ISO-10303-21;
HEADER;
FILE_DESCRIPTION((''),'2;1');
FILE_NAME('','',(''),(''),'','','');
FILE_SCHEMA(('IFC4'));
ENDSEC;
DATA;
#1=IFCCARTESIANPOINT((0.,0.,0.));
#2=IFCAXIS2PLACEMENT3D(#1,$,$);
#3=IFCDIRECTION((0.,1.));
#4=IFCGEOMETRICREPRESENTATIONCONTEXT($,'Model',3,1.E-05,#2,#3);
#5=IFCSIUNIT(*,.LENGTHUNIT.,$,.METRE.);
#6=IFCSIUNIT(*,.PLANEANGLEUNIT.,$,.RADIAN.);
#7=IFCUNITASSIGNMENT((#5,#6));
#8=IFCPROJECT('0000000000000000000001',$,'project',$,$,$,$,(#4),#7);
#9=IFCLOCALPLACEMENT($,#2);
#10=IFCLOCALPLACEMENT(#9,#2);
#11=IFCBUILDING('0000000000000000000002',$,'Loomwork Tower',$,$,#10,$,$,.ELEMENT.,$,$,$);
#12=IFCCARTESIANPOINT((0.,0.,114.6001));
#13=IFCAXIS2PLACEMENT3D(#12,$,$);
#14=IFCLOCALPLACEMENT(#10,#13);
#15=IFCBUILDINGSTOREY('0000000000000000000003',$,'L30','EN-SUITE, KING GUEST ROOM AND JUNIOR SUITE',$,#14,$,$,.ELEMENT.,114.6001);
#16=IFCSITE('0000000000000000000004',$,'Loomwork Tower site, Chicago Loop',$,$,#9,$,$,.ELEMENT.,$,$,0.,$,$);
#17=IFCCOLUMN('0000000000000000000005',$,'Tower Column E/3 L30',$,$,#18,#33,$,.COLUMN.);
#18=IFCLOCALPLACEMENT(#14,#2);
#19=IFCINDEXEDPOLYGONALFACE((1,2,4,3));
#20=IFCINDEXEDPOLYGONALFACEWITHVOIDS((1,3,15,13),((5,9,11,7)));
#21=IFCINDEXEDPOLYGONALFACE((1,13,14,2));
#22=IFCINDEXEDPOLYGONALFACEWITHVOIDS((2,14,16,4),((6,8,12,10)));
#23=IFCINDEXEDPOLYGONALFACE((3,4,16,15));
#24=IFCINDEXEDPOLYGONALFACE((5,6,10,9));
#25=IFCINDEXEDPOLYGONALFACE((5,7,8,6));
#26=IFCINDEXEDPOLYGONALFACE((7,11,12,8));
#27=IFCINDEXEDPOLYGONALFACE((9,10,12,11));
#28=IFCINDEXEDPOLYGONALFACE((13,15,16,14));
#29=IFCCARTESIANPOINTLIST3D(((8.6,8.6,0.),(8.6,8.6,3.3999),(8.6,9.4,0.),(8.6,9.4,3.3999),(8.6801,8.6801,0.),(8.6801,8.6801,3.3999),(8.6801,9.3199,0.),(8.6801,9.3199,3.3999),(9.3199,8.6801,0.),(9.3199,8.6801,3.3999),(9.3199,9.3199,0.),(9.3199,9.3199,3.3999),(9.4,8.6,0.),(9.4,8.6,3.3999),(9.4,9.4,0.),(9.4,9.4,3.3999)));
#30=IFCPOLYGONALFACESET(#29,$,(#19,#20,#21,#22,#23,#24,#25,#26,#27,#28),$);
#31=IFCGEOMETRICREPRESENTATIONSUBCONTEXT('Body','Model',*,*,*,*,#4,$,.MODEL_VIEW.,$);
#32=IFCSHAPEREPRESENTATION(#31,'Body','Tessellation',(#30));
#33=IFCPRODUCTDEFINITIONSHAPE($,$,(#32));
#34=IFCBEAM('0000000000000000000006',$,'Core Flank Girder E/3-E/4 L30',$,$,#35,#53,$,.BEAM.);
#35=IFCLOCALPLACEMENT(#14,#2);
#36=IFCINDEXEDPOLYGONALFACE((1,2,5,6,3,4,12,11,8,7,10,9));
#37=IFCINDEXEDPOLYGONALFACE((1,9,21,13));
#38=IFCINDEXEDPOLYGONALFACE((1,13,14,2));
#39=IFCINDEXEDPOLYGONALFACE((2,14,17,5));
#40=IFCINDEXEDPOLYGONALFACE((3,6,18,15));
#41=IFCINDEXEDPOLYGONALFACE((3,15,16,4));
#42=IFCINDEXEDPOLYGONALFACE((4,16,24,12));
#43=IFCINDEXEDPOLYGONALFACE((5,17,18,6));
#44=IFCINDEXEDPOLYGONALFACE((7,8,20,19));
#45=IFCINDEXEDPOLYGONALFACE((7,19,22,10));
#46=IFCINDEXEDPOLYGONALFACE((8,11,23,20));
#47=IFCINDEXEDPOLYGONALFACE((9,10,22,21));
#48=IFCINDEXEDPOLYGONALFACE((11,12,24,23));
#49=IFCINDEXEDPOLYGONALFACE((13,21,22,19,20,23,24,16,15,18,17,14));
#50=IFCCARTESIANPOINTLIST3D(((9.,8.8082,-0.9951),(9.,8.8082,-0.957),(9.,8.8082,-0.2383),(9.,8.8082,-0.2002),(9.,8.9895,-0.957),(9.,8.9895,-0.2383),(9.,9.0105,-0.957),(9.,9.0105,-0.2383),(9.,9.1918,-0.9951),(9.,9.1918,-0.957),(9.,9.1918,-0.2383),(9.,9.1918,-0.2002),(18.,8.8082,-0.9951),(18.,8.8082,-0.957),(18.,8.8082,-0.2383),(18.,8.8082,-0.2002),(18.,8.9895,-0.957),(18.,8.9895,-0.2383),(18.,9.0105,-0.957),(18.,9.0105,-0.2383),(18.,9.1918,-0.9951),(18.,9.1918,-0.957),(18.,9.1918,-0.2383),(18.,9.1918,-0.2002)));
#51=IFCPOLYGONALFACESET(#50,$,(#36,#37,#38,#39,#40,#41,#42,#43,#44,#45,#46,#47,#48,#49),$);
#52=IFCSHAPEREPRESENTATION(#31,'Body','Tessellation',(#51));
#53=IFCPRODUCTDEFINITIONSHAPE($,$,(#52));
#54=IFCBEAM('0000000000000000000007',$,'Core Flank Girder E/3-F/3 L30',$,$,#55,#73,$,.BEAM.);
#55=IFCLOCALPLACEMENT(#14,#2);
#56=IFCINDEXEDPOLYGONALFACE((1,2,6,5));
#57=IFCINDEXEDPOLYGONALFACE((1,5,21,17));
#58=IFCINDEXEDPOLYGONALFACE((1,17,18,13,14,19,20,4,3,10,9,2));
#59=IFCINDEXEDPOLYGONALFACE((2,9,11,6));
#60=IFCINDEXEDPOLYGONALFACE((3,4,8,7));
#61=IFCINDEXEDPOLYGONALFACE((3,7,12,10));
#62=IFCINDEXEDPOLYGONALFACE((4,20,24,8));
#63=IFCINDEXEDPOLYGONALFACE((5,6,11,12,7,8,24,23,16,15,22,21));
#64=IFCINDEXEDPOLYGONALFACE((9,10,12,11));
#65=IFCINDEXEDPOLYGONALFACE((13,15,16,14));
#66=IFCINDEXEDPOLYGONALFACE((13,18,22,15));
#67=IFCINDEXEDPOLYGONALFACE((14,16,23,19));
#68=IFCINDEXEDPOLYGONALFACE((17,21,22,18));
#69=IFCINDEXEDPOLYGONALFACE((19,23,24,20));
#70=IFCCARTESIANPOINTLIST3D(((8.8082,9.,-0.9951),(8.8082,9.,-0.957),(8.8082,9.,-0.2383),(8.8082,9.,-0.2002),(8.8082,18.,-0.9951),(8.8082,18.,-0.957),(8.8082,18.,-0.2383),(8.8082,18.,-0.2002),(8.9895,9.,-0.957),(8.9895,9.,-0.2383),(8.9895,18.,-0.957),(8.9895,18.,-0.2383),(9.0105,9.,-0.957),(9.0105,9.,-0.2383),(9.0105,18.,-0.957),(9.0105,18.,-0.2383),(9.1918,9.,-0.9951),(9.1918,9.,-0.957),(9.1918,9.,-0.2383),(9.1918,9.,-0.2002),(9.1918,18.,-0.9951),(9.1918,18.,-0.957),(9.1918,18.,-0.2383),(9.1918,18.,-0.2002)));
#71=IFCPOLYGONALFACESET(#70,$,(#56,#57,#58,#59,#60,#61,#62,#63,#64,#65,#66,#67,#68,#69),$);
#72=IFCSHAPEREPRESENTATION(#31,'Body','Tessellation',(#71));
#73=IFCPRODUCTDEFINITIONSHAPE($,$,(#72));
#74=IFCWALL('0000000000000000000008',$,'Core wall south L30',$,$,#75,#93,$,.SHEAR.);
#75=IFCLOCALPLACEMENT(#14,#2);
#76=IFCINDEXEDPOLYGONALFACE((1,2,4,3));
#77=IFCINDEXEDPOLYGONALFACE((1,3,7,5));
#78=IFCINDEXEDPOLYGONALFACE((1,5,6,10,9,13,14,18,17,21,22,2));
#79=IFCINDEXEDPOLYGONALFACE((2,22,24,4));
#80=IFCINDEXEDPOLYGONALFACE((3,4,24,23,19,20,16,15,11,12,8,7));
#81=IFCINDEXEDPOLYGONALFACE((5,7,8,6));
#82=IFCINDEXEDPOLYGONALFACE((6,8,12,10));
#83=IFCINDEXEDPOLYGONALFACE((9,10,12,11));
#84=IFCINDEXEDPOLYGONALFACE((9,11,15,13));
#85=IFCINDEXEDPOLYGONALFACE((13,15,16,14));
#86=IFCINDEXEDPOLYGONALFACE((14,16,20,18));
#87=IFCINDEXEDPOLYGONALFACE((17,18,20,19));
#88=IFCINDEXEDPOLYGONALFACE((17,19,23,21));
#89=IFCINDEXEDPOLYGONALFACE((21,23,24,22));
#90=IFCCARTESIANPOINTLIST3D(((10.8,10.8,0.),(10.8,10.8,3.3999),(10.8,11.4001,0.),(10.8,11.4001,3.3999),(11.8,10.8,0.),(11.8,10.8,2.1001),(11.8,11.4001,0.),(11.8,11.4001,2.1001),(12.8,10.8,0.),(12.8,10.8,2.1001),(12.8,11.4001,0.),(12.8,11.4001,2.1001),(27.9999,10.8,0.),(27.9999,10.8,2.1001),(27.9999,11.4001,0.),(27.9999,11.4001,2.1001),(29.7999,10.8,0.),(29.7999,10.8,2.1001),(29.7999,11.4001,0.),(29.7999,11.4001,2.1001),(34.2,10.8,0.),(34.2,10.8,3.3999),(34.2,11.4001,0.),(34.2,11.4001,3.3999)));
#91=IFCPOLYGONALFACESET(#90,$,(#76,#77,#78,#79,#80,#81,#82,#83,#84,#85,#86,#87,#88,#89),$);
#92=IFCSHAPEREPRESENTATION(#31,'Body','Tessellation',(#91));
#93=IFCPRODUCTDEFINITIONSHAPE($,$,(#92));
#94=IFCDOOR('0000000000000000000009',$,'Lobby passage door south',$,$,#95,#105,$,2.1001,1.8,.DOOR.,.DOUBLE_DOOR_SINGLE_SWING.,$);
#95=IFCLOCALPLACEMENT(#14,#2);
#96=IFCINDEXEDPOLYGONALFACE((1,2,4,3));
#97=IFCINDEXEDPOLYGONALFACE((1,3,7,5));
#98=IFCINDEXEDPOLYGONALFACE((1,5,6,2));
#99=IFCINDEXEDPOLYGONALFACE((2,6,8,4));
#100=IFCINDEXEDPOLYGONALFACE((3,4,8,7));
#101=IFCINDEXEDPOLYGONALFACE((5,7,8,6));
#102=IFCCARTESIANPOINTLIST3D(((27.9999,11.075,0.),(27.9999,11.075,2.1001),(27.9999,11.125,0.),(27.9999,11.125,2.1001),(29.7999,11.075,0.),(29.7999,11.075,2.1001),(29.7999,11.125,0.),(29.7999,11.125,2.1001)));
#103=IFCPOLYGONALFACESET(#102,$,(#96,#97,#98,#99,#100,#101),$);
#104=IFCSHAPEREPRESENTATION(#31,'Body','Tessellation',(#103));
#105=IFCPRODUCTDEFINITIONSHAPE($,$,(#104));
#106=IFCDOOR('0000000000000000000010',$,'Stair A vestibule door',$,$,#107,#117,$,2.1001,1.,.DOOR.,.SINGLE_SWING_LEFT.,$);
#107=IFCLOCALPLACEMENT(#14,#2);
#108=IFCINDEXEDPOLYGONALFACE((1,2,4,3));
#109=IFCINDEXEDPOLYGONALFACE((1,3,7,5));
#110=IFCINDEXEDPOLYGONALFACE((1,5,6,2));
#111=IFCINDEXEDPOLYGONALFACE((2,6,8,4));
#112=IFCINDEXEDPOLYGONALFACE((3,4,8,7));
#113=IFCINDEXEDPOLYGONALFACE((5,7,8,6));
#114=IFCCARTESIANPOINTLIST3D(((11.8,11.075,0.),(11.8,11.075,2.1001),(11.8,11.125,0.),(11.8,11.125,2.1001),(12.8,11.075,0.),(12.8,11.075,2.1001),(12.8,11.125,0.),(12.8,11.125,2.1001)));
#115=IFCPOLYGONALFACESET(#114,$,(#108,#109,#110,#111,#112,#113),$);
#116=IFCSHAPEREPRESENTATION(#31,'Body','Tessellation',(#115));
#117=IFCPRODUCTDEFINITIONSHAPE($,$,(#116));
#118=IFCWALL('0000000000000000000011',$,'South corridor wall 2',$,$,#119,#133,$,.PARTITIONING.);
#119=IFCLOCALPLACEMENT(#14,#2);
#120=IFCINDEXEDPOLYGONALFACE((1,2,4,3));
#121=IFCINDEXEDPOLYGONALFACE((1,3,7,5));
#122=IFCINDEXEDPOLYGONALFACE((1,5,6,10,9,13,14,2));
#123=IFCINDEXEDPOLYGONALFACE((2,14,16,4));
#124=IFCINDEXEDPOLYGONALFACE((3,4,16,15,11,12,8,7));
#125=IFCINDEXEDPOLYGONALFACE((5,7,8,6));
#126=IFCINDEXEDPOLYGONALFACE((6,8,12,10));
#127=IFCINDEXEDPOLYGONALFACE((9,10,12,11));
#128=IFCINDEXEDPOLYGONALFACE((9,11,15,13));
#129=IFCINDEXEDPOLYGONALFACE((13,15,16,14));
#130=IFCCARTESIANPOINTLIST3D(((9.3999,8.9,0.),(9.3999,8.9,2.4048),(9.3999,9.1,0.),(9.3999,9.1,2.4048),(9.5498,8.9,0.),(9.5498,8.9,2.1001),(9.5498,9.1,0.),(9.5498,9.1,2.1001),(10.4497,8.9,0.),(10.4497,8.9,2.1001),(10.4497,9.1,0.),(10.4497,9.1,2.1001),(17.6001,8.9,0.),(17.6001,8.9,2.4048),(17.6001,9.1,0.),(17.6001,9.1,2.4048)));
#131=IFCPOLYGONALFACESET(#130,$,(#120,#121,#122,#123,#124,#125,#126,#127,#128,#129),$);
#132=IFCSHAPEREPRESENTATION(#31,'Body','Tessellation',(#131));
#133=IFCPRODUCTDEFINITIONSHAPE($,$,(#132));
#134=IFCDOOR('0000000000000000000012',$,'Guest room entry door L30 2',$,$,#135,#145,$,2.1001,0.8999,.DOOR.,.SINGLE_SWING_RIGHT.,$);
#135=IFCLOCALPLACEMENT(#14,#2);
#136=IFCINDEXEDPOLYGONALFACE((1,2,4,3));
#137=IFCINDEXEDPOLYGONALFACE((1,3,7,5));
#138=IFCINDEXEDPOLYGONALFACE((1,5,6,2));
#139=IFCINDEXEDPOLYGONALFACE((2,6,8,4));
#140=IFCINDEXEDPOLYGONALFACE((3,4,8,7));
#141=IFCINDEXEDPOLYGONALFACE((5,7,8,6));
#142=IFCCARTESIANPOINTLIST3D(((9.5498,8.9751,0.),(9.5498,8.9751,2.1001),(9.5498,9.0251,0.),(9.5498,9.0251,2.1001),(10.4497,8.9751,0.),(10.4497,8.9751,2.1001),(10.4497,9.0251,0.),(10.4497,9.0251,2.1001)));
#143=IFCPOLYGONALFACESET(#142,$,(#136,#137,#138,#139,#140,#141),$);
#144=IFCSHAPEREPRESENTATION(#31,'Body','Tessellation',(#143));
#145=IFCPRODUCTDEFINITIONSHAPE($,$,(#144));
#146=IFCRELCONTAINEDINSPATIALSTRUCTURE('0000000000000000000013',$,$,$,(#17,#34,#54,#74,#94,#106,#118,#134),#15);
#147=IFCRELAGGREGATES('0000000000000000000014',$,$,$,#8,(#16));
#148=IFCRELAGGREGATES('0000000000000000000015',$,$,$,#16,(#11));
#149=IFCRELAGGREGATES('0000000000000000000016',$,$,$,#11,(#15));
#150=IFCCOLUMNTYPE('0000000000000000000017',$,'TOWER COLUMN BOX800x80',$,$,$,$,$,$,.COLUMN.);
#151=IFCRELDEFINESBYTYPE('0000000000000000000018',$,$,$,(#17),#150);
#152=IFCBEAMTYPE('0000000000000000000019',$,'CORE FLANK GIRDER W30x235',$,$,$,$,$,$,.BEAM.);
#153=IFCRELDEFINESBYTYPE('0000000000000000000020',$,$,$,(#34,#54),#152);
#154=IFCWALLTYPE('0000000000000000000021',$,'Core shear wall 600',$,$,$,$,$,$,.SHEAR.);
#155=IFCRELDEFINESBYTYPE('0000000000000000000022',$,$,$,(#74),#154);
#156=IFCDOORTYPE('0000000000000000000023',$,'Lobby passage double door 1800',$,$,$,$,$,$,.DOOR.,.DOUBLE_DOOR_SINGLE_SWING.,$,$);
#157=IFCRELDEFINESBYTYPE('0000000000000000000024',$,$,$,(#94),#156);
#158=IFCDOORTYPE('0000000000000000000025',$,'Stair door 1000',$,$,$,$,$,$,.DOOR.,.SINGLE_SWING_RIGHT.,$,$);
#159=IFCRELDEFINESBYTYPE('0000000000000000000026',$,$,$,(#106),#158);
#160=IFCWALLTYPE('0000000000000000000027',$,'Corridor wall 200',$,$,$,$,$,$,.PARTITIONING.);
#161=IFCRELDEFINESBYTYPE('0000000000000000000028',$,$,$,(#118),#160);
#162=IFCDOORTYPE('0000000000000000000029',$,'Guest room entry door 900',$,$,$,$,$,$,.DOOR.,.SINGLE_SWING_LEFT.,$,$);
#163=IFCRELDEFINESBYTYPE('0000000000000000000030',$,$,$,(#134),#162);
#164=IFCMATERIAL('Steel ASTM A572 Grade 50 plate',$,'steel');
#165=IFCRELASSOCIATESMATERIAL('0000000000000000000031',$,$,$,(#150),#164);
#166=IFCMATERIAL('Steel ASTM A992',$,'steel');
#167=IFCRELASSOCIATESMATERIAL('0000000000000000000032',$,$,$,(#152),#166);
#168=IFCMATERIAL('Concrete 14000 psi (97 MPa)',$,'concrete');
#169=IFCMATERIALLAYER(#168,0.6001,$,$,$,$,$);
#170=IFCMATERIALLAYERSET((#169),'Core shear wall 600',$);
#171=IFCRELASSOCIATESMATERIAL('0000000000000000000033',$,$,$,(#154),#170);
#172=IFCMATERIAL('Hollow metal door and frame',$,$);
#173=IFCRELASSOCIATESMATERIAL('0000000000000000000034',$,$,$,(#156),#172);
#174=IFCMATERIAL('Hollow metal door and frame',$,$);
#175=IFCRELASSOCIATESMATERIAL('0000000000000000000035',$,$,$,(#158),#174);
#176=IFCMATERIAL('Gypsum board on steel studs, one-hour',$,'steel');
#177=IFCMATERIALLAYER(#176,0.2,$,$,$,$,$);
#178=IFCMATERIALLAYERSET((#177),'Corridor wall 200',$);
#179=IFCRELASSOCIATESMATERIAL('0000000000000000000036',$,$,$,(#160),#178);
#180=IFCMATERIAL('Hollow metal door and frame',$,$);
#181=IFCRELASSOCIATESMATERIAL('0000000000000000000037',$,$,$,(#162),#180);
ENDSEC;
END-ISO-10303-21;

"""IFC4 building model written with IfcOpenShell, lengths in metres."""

from ifc_helpers import new_model, si_unit, direction, frame, frame_2d, origin, origin_2d, place, context, subcontext, project, spatial, rectangle, hollow_rectangle, i_section, extrude, material, layer, layer_set, material_profile, profile_set, type_object, element, fill, save


model = new_model("IFC4")

# Units and contexts
model_context = context("Model", 3, precision=1e-05, world=origin(), true_north=direction((0.0, 1.0)))
body_context = subcontext(model_context, "Body", "Model", "MODEL_VIEW")
ifc_project = project(units=[si_unit("LENGTHUNIT", "METRE"), si_unit("PLANEANGLEUNIT", "RADIAN")], contexts=[model_context])

# Site, building, storey
site_placement = place(None, origin())
site = spatial("IfcSite", under=ifc_project, at=site_placement, Name="Loomwork Tower site, Chicago Loop", CompositionType="ELEMENT", RefElevation=0.0)
building_placement = place(site_placement, origin())
building = spatial("IfcBuilding", under=site, at=building_placement, Name="Loomwork Tower", CompositionType="ELEMENT")
storey_placement = place(building_placement, frame((0.0, 0.0, 114.6001)))
storey = spatial("IfcBuildingStorey", under=building, at=storey_placement, Name="L30", Description="EN-SUITE, KING GUEST ROOM AND JUNIOR SUITE", CompositionType="ELEMENT", Elevation=114.6001)

# Column
ifc_material_1 = material(Name="Steel ASTM A572 Grade 50 plate", Category="steel")
ifc_material_profile_1 = material_profile(ifc_material_1, hollow_rectangle(XDim=0.8, YDim=0.8, WallThickness=0.0801, at=origin_2d()), Name="BOX800x80")
ifc_profile_set_1 = profile_set([ifc_material_profile_1], Name="Steel ASTM A572 Grade 50 plate")
column_type = type_object("IfcColumnType", Name="TOWER COLUMN BOX800x80", PredefinedType="COLUMN", material=ifc_profile_set_1)
column_placement = place(storey_placement, frame((9.0, 9.0, 0.0), z_axis=(0.0, 0.0, 1.0), x_axis=(1.0, 0.0, 0.0)))
element("IfcColumn", 1, at=column_placement, inside=storey, type_object=column_type, Name="Tower Column E/3 L30", PredefinedType="COLUMN", context=body_context, shape_type="SweptSolid", body=[
    extrude(hollow_rectangle(XDim=0.8, YDim=0.8, WallThickness=0.0801, at=origin_2d()), origin(), (0.0, 0.0, 1.0), 3.3999),
])

# Beams
ifc_material_2 = material(Name="Steel ASTM A992", Category="steel")
ifc_material_profile_2 = material_profile(ifc_material_2, i_section(OverallWidth=0.3835, OverallDepth=0.7949, WebThickness=0.021, FlangeThickness=0.0381, at=origin_2d()), Name="W30x235")
ifc_profile_set_2 = profile_set([ifc_material_profile_2], Name="Steel ASTM A992")
beam_type = type_object("IfcBeamType", Name="CORE FLANK GIRDER W30x235", PredefinedType="BEAM", material=ifc_profile_set_2)
for number, where, z_axis, x_axis, name in (
    (2, (9.0, 9.0, -0.5977), (1.0, 0.0, 0.0), (0.0, 1.0, 0.0), "Core Flank Girder E/3-E/4 L30"),
    (3, (9.0, 9.0, -0.5977), (0.0, 1.0, 0.0), (-1.0, 0.0, 0.0), "Core Flank Girder E/3-F/3 L30"),
):
    element("IfcBeam", number, at=place(storey_placement, frame(where, z_axis=z_axis, x_axis=x_axis)), inside=storey, type_object=beam_type, Name=name, PredefinedType="BEAM", context=body_context, shape_type="SweptSolid", body=[
        extrude(i_section(OverallWidth=0.3835, OverallDepth=0.7949, WebThickness=0.021, FlangeThickness=0.0381, at=origin_2d()), origin(), (0.0, 0.0, 1.0), 9.0),
    ])

# Wall, openings, doors
ifc_material_3 = material(Name="Concrete 14000 psi (97 MPa)", Category="concrete")
ifc_layer_1 = layer(ifc_material_3, 0.6001)
ifc_layer_set_1 = layer_set([ifc_layer_1], Name="Core shear wall 600")
wall_type_1 = type_object("IfcWallType", Name="Core shear wall 600", PredefinedType="SHEAR", material=ifc_layer_set_1)
wall_1_placement = place(storey_placement, frame((10.8, 11.1001, 0.0), z_axis=(0.0, 0.0, 1.0), x_axis=(1.0, 0.0, 0.0)))
wall_1 = element("IfcWall", 4, at=wall_1_placement, inside=storey, type_object=wall_type_1, Name="Core wall south L30", PredefinedType="SHEAR", context=body_context, shape_type="SweptSolid", body=[
    extrude(rectangle(XDim=23.3999, YDim=0.6001, at=frame_2d((11.7, 0.0))), origin(), (0.0, 0.0, 1.0), 3.3999),
])
opening_1_placement = place(wall_1_placement, frame((1.0, 0.0, 0.0)))
opening_1 = element("IfcOpeningElement", 5, at=opening_1_placement, cuts=wall_1, PredefinedType="OPENING", context=body_context, shape_type="SweptSolid", body=[
    extrude(rectangle(XDim=1.0, YDim=2.1001, at=frame_2d((0.5, 1.05))), frame((0.0, 0.3101, 0.0), z_axis=(0.0, -1.0, 0.0), x_axis=(1.0, 0.0, 0.0)), (0.0, 0.0, 1.0), 0.6201),
])
opening_2_placement = place(wall_1_placement, frame((17.2, 0.0, 0.0)))
opening_2 = element("IfcOpeningElement", 6, at=opening_2_placement, cuts=wall_1, PredefinedType="OPENING", context=body_context, shape_type="SweptSolid", body=[
    extrude(rectangle(XDim=1.8, YDim=2.1001, at=frame_2d((0.8999, 1.05))), frame((0.0, 0.3101, 0.0), z_axis=(0.0, -1.0, 0.0), x_axis=(1.0, 0.0, 0.0)), (0.0, 0.0, 1.0), 0.6201),
])
ifc_material_4 = material(Name="Hollow metal door and frame")
door_type_1 = type_object("IfcDoorType", Name="Lobby passage double door 1800", OperationType="DOUBLE_DOOR_SINGLE_SWING", PredefinedType="DOOR", material=ifc_material_4)
door_1_placement = place(opening_2_placement, origin())
door_1 = element("IfcDoor", 7, at=door_1_placement, inside=storey, type_object=door_type_1, Name="Lobby passage door south", OperationType="DOUBLE_DOOR_SINGLE_SWING", OverallHeight=2.1001, OverallWidth=1.8, PredefinedType="DOOR", context=body_context, shape_type="SweptSolid", body=[
    extrude(rectangle(XDim=1.8, YDim=2.1001, at=frame_2d((0.8999, 1.05))), frame((0.0, 0.0249, 0.0), z_axis=(0.0, -1.0, 0.0), x_axis=(1.0, 0.0, 0.0)), (0.0, 0.0, 1.0), 0.05),
])
fill(opening_2, door_1)
ifc_material_5 = material(Name="Hollow metal door and frame")
door_type_2 = type_object("IfcDoorType", Name="Stair door 1000", OperationType="SINGLE_SWING_RIGHT", PredefinedType="DOOR", material=ifc_material_5)
door_2_placement = place(opening_1_placement, origin())
door_2 = element("IfcDoor", 8, at=door_2_placement, inside=storey, type_object=door_type_2, Name="Stair A vestibule door", OperationType="SINGLE_SWING_LEFT", OverallHeight=2.1001, OverallWidth=1.0, PredefinedType="DOOR", context=body_context, shape_type="SweptSolid", body=[
    extrude(rectangle(XDim=1.0, YDim=2.1001, at=frame_2d((0.5, 1.05))), frame((0.0, 0.0249, 0.0), z_axis=(0.0, -1.0, 0.0), x_axis=(1.0, 0.0, 0.0)), (0.0, 0.0, 1.0), 0.05),
])
fill(opening_1, door_2)

# Wall, opening, door
ifc_material_6 = material(Name="Gypsum board on steel studs, one-hour", Category="steel")
ifc_layer_2 = layer(ifc_material_6, 0.2)
ifc_layer_set_2 = layer_set([ifc_layer_2], Name="Corridor wall 200")
wall_type_2 = type_object("IfcWallType", Name="Corridor wall 200", PredefinedType="PARTITIONING", material=ifc_layer_set_2)
wall_2_placement = place(storey_placement, frame((9.3999, 9.0, 0.0), z_axis=(0.0, 0.0, 1.0), x_axis=(1.0, 0.0, 0.0)))
wall_2 = element("IfcWall", 9, at=wall_2_placement, inside=storey, type_object=wall_type_2, Name="South corridor wall 2", PredefinedType="PARTITIONING", context=body_context, shape_type="SweptSolid", body=[
    extrude(rectangle(XDim=8.2002, YDim=0.2, at=frame_2d((4.1001, 0.0))), origin(), (0.0, 0.0, 1.0), 2.4048),
])
opening_3_placement = place(wall_2_placement, frame((0.1499, 0.0, 0.0)))
opening_3 = element("IfcOpeningElement", 10, at=opening_3_placement, cuts=wall_2, PredefinedType="OPENING", context=body_context, shape_type="SweptSolid", body=[
    extrude(rectangle(XDim=0.8999, YDim=2.1001, at=frame_2d((0.45, 1.05))), frame((0.0, 0.1099, 0.0), z_axis=(0.0, -1.0, 0.0), x_axis=(1.0, 0.0, 0.0)), (0.0, 0.0, 1.0), 0.22),
])
ifc_material_7 = material(Name="Hollow metal door and frame")
door_type_3 = type_object("IfcDoorType", Name="Guest room entry door 900", OperationType="SINGLE_SWING_LEFT", PredefinedType="DOOR", material=ifc_material_7)
door_3_placement = place(opening_3_placement, frame((0.8999, 0.0, 0.0), z_axis=(0.0, 0.0, 1.0), x_axis=(-1.0, 0.0, 0.0)))
door_3 = element("IfcDoor", 11, at=door_3_placement, inside=storey, type_object=door_type_3, Name="Guest room entry door L30 2", OperationType="SINGLE_SWING_RIGHT", OverallHeight=2.1001, OverallWidth=0.8999, PredefinedType="DOOR", context=body_context, shape_type="SweptSolid", body=[
    extrude(rectangle(XDim=0.8999, YDim=2.1001, at=frame_2d((0.45, 1.05))), frame((0.0, 0.0249, 0.0), z_axis=(0.0, -1.0, 0.0), x_axis=(1.0, 0.0, 0.0)), (0.0, 0.0, 1.0), 0.05),
])
fill(opening_3, door_3)

save(model, "model.ifc")
